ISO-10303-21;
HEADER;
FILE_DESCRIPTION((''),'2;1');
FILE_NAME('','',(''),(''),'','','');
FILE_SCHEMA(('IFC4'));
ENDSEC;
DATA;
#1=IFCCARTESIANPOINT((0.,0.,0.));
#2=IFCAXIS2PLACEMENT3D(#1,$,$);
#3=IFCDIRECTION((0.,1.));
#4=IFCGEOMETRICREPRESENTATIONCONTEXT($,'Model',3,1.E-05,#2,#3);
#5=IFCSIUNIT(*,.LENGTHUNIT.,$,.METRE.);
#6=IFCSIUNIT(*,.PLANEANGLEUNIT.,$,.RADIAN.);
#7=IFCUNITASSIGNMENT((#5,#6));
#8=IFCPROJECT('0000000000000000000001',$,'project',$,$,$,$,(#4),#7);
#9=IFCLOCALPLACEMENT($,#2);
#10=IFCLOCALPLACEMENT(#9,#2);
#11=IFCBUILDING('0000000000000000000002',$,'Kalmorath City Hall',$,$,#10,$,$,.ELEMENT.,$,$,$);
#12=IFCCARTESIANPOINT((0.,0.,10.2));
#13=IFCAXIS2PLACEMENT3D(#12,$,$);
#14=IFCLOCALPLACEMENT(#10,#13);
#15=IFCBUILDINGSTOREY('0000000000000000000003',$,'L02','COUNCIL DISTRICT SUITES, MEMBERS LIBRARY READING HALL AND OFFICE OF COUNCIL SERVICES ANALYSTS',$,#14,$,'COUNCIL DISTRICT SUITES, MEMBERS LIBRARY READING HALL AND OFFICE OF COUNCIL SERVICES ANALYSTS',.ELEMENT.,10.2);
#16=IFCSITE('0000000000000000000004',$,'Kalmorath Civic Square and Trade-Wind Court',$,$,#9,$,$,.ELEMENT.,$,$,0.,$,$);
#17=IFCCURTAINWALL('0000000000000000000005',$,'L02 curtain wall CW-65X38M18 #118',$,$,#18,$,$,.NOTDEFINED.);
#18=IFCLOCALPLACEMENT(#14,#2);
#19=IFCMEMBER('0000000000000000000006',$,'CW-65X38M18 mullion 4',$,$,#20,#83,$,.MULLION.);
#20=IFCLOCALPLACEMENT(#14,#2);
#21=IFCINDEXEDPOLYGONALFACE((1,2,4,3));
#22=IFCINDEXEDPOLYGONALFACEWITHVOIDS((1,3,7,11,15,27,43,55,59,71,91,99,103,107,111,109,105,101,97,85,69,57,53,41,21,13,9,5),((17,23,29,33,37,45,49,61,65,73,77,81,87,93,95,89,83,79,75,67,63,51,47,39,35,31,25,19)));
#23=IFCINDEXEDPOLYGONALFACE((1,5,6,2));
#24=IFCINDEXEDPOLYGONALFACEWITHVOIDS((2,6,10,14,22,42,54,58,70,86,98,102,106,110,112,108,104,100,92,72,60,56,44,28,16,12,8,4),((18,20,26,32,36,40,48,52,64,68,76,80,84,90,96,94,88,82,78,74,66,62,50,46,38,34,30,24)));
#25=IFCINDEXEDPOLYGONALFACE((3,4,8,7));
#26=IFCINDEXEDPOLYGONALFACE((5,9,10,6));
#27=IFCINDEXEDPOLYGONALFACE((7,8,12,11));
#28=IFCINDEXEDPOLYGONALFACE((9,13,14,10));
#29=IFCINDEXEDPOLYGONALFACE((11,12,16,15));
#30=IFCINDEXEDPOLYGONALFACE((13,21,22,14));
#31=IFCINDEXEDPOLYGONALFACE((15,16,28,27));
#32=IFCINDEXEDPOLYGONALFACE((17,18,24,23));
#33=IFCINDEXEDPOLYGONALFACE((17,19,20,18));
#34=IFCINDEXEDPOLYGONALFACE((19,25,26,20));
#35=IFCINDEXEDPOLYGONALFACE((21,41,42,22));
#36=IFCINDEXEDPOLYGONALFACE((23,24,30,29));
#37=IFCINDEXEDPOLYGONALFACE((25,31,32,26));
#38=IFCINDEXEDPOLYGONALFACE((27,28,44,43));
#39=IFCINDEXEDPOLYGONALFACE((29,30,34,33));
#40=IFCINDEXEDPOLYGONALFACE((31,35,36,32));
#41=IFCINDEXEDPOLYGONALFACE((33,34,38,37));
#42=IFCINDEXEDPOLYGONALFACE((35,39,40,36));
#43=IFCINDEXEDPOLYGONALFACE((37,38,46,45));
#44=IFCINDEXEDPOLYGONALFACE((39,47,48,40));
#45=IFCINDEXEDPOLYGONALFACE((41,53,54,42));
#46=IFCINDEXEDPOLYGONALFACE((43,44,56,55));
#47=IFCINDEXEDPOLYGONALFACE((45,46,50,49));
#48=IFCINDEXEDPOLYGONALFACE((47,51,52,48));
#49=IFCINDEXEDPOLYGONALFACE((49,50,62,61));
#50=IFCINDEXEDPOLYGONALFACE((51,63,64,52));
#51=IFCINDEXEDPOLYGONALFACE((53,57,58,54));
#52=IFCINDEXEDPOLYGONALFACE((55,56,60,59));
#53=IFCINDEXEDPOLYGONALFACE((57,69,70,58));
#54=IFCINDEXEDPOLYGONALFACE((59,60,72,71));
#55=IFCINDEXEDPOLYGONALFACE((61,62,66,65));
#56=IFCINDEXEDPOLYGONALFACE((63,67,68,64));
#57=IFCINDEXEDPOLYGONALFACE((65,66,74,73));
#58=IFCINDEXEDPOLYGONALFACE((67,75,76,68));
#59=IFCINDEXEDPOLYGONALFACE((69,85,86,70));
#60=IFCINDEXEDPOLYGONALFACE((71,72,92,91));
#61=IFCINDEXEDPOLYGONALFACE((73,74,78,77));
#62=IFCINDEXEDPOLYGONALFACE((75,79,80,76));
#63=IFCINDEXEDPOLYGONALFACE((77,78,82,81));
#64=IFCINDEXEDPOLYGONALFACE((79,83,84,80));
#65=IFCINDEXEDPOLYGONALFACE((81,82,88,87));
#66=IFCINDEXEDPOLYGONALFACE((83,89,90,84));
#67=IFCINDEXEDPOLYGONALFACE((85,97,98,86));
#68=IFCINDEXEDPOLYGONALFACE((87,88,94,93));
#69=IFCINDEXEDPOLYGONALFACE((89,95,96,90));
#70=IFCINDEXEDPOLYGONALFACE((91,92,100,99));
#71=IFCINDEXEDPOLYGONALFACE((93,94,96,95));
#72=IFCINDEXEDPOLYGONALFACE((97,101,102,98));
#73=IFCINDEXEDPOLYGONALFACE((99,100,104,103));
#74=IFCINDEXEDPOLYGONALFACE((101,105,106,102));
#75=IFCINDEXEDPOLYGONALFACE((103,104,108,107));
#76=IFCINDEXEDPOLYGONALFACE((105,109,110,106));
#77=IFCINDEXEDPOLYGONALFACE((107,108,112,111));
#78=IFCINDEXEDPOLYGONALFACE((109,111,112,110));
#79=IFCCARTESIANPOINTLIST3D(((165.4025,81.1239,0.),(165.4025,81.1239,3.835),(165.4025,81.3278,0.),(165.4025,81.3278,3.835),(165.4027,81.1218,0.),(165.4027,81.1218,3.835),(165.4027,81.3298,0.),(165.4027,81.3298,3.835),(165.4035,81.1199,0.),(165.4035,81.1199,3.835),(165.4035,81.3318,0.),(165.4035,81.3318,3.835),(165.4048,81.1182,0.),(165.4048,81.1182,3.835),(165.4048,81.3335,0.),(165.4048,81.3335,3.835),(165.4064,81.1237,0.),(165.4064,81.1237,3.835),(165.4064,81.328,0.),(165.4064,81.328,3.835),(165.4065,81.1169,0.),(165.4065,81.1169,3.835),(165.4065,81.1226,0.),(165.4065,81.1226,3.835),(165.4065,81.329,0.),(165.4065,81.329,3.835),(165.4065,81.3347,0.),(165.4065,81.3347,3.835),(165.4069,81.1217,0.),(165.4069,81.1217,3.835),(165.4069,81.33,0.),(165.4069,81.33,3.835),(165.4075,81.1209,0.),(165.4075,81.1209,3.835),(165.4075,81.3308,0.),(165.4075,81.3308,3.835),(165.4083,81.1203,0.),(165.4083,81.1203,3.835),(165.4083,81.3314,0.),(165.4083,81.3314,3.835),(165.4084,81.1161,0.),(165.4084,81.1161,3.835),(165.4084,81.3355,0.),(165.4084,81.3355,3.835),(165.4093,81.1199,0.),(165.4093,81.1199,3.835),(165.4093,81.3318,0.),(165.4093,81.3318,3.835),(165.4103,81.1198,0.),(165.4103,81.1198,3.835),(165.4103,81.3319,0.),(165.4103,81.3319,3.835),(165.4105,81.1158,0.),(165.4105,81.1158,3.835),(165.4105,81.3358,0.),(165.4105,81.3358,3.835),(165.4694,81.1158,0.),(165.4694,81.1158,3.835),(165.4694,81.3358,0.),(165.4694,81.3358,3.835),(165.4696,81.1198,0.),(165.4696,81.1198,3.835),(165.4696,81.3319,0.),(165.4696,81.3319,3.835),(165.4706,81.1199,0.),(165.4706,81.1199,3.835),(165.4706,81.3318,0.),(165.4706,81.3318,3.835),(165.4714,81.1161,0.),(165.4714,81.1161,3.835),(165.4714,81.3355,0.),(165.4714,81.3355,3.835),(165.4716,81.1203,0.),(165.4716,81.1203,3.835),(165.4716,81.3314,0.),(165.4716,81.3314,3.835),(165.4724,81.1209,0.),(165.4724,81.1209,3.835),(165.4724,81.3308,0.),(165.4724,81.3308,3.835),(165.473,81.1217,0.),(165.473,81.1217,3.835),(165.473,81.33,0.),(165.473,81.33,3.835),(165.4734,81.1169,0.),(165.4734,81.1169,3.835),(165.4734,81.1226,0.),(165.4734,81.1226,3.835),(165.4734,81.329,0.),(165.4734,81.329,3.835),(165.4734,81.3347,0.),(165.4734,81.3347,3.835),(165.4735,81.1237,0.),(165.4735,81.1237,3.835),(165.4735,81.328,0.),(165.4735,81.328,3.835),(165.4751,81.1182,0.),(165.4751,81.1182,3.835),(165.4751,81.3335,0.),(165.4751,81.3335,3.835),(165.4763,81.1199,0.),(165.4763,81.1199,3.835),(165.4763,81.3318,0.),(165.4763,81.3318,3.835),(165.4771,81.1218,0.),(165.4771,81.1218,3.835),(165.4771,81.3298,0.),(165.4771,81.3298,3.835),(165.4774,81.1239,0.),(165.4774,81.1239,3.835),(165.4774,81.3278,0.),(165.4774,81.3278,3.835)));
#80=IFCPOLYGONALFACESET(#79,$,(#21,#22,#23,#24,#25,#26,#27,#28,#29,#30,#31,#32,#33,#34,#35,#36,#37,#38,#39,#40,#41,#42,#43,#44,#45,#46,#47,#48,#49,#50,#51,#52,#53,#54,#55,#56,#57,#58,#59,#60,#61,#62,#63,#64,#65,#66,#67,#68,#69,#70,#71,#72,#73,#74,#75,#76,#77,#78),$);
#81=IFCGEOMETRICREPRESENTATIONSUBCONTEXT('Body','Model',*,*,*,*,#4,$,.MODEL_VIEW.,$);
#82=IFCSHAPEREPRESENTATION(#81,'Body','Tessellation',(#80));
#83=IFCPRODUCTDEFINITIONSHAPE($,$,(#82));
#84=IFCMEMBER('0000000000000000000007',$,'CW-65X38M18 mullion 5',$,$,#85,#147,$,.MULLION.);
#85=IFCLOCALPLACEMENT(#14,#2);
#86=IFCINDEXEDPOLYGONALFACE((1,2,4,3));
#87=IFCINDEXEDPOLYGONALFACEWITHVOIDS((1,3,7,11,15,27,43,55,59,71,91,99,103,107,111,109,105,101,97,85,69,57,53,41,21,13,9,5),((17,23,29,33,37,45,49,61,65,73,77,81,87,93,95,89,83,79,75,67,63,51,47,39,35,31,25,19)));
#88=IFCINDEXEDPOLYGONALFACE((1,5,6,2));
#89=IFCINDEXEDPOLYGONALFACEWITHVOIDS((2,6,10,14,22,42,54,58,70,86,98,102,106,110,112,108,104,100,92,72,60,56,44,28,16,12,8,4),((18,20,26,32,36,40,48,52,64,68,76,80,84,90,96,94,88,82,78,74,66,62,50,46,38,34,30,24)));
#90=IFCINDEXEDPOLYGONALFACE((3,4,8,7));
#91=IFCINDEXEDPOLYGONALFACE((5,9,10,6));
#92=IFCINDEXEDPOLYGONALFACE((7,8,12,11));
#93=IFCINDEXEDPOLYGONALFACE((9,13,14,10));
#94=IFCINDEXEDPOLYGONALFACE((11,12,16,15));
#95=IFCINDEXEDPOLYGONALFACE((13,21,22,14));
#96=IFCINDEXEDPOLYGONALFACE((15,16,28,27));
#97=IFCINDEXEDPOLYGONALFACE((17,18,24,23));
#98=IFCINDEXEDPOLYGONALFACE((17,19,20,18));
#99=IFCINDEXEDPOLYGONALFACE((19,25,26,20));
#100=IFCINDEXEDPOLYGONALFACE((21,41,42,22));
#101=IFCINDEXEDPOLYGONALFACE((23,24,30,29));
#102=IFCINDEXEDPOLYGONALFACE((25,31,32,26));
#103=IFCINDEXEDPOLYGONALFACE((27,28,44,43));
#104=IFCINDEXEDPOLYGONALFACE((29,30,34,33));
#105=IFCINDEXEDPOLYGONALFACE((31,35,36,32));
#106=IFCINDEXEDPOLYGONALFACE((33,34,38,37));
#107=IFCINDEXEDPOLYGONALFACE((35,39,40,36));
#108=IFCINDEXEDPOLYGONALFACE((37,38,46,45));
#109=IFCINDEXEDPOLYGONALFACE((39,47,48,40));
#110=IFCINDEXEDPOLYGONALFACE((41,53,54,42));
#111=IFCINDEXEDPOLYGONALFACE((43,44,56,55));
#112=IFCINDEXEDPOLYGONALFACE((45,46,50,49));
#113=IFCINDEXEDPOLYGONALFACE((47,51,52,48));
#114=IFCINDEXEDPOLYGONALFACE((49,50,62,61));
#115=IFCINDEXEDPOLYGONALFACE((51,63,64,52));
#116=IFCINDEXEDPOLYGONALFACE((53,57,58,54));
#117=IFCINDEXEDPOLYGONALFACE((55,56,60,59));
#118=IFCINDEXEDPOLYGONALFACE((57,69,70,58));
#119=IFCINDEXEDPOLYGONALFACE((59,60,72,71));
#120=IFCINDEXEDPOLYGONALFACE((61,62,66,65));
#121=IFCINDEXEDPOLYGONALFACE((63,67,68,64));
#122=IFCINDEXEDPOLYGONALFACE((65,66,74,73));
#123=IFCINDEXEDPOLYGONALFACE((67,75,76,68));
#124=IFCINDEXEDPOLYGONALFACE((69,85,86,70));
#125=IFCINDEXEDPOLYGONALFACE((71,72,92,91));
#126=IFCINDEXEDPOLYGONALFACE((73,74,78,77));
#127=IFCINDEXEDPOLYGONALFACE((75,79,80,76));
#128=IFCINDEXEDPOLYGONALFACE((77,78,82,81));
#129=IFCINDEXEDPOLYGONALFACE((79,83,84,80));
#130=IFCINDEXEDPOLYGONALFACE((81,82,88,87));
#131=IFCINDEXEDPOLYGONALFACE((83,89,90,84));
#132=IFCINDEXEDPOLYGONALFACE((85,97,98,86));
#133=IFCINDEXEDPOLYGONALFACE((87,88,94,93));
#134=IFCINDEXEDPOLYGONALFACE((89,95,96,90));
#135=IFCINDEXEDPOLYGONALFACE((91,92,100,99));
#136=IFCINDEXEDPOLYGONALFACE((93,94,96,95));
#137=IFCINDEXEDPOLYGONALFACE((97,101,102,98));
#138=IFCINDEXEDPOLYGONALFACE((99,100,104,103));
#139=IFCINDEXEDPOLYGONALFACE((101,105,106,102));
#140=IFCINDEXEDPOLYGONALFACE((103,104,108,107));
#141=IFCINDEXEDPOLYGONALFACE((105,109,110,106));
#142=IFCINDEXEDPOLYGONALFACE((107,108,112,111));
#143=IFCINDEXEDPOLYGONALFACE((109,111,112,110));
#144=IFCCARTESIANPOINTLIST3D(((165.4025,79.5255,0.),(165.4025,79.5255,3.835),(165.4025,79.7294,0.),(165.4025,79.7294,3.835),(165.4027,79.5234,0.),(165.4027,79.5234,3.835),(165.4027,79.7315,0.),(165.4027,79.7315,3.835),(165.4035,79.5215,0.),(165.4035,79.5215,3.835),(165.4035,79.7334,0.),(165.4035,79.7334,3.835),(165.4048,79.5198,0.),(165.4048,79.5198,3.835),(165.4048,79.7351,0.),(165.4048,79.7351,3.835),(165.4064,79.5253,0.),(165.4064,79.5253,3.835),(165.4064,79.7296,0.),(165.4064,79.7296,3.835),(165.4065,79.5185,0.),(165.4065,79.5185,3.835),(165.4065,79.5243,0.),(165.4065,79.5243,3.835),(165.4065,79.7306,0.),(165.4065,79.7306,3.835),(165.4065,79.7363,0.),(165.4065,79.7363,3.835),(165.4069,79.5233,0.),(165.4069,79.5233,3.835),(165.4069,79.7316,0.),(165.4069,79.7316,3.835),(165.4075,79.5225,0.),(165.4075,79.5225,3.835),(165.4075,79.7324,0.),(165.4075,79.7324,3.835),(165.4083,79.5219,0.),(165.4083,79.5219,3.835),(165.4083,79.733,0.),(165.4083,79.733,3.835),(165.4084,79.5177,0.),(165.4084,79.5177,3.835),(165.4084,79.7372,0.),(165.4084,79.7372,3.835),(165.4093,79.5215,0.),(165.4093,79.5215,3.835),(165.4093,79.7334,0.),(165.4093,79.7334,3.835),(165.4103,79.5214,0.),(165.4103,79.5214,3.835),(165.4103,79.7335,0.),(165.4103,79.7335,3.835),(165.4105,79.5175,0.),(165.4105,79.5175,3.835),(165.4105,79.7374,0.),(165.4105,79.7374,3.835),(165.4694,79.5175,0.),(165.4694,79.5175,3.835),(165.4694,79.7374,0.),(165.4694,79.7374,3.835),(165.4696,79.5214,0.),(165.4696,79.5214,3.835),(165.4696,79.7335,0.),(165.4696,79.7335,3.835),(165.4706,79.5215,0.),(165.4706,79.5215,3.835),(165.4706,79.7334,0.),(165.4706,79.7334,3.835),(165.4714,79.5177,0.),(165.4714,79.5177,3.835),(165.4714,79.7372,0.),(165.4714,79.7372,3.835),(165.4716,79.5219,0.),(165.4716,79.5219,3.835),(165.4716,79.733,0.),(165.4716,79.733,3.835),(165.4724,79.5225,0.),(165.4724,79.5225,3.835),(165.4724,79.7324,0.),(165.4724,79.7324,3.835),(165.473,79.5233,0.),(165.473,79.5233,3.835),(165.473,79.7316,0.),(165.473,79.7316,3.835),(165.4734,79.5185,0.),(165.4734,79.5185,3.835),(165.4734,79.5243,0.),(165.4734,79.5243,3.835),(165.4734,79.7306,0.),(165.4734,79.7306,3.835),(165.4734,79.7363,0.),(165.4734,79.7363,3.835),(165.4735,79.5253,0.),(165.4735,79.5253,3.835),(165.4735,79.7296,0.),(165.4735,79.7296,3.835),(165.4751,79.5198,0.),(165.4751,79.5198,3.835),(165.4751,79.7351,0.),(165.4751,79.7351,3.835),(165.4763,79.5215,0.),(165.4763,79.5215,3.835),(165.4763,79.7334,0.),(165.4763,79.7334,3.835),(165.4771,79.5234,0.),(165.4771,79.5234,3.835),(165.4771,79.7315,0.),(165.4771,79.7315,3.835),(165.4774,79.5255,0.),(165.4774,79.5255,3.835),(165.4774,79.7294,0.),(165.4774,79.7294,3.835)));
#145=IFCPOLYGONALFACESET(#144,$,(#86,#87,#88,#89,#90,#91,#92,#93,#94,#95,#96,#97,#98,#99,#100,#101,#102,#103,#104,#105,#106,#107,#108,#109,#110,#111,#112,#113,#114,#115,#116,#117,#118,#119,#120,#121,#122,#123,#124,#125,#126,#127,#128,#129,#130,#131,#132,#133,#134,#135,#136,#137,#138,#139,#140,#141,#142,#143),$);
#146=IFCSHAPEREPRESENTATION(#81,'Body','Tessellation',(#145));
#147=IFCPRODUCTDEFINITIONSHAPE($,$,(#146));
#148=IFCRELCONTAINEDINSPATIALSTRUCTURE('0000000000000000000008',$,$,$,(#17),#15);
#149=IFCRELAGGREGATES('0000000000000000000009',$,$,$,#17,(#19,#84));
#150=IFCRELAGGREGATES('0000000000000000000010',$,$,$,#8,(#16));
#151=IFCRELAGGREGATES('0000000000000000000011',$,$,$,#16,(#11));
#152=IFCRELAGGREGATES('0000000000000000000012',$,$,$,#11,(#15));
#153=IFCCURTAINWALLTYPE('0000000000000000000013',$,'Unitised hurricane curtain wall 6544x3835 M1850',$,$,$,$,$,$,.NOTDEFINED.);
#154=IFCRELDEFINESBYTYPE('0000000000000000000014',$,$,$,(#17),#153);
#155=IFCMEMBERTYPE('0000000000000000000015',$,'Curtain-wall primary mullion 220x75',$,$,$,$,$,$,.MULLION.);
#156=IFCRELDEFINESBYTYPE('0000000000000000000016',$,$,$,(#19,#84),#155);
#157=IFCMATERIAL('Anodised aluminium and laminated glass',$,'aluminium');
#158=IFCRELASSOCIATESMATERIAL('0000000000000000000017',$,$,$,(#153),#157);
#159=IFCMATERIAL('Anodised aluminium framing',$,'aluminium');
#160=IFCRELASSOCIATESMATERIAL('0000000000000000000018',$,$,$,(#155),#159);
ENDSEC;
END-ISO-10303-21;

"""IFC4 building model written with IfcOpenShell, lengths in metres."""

from ifc_helpers import new_model, si_unit, direction, frame, origin, origin_2d, place, context, subcontext, project, spatial, hollow_rectangle, extrude, material, material_profile, profile_set, type_object, element, aggregate, save


model = new_model("IFC4")

# Units and contexts
model_context = context("Model", 3, precision=1e-05, world=origin(), true_north=direction((0.0, 1.0)))
body_context = subcontext(model_context, "Body", "Model", "MODEL_VIEW")
ifc_project = project(units=[si_unit("LENGTHUNIT", "METRE"), si_unit("PLANEANGLEUNIT", "RADIAN")], contexts=[model_context])

# Site, building, storey
site_placement = place(None, origin())
site = spatial("IfcSite", under=ifc_project, at=site_placement, Name="Kalmorath Civic Square and Trade-Wind Court", CompositionType="ELEMENT", RefElevation=0.0)
building_placement = place(site_placement, origin())
building = spatial("IfcBuilding", under=site, at=building_placement, Name="Kalmorath City Hall", CompositionType="ELEMENT")
storey_placement = place(building_placement, frame((0.0, 0.0, 10.2)))
storey = spatial("IfcBuildingStorey", under=building, at=storey_placement, Name="L02", Description="COUNCIL DISTRICT SUITES, MEMBERS LIBRARY READING HALL AND OFFICE OF COUNCIL SERVICES ANALYSTS", LongName="COUNCIL DISTRICT SUITES, MEMBERS LIBRARY READING HALL AND OFFICE OF COUNCIL SERVICES ANALYSTS", CompositionType="ELEMENT", Elevation=10.2)

# Curtain wall
ifc_material_1 = material(Name="Anodised aluminium and laminated glass", Category="aluminium")
curtain_wall_type_1 = type_object("IfcCurtainWallType", Name="Unitised hurricane curtain wall 6544x3835 M1850", PredefinedType="NOTDEFINED", material=ifc_material_1)
curtain_wall_1_placement = place(storey_placement, origin())
curtain_wall_1 = element("IfcCurtainWall", 1, at=curtain_wall_1_placement, inside=storey, type_object=curtain_wall_type_1, Name="L02 curtain wall CW-65X38M18 #118", PredefinedType="NOTDEFINED")

# Members
ifc_material_2 = material(Name="Anodised aluminium framing", Category="aluminium")
ifc_material_profile_1 = material_profile(ifc_material_2, hollow_rectangle(XDim=0.075, YDim=0.22, WallThickness=0.0039, InnerFilletRadius=0.0039, OuterFilletRadius=0.0081, at=origin_2d()), Name="ALU-MUL-220X75X4")
ifc_profile_set_1 = profile_set([ifc_material_profile_1], Name="Anodised aluminium framing")
member_type_1 = type_object("IfcMemberType", Name="Curtain-wall primary mullion 220x75", PredefinedType="MULLION", material=ifc_profile_set_1)
member_1_placement = place(storey_placement, frame((165.4399, 81.2258, 0.0), z_axis=(0.0, 0.0, 1.0), x_axis=(1.0, 0.0, 0.0)))
member_1 = element("IfcMember", 2, at=member_1_placement, type_object=member_type_1, Name="CW-65X38M18 mullion 4", PredefinedType="MULLION", context=body_context, shape_type="SweptSolid", body=[
    extrude(hollow_rectangle(XDim=0.075, YDim=0.22, WallThickness=0.0039, InnerFilletRadius=0.0039, OuterFilletRadius=0.0081, at=origin_2d()), origin(), (0.0, 0.0, 1.0), 3.835),
])
member_2_placement = place(storey_placement, frame((165.4399, 79.6274, 0.0), z_axis=(0.0, 0.0, 1.0), x_axis=(1.0, 0.0, 0.0)))
member_2 = element("IfcMember", 3, at=member_2_placement, type_object=member_type_1, Name="CW-65X38M18 mullion 5", PredefinedType="MULLION", context=body_context, shape_type="SweptSolid", body=[
    extrude(hollow_rectangle(XDim=0.075, YDim=0.22, WallThickness=0.0039, InnerFilletRadius=0.0039, OuterFilletRadius=0.0081, at=origin_2d()), origin(), (0.0, 0.0, 1.0), 3.835),
])

aggregate(curtain_wall_1, [member_1, member_2])

save(model, "model.ifc")
